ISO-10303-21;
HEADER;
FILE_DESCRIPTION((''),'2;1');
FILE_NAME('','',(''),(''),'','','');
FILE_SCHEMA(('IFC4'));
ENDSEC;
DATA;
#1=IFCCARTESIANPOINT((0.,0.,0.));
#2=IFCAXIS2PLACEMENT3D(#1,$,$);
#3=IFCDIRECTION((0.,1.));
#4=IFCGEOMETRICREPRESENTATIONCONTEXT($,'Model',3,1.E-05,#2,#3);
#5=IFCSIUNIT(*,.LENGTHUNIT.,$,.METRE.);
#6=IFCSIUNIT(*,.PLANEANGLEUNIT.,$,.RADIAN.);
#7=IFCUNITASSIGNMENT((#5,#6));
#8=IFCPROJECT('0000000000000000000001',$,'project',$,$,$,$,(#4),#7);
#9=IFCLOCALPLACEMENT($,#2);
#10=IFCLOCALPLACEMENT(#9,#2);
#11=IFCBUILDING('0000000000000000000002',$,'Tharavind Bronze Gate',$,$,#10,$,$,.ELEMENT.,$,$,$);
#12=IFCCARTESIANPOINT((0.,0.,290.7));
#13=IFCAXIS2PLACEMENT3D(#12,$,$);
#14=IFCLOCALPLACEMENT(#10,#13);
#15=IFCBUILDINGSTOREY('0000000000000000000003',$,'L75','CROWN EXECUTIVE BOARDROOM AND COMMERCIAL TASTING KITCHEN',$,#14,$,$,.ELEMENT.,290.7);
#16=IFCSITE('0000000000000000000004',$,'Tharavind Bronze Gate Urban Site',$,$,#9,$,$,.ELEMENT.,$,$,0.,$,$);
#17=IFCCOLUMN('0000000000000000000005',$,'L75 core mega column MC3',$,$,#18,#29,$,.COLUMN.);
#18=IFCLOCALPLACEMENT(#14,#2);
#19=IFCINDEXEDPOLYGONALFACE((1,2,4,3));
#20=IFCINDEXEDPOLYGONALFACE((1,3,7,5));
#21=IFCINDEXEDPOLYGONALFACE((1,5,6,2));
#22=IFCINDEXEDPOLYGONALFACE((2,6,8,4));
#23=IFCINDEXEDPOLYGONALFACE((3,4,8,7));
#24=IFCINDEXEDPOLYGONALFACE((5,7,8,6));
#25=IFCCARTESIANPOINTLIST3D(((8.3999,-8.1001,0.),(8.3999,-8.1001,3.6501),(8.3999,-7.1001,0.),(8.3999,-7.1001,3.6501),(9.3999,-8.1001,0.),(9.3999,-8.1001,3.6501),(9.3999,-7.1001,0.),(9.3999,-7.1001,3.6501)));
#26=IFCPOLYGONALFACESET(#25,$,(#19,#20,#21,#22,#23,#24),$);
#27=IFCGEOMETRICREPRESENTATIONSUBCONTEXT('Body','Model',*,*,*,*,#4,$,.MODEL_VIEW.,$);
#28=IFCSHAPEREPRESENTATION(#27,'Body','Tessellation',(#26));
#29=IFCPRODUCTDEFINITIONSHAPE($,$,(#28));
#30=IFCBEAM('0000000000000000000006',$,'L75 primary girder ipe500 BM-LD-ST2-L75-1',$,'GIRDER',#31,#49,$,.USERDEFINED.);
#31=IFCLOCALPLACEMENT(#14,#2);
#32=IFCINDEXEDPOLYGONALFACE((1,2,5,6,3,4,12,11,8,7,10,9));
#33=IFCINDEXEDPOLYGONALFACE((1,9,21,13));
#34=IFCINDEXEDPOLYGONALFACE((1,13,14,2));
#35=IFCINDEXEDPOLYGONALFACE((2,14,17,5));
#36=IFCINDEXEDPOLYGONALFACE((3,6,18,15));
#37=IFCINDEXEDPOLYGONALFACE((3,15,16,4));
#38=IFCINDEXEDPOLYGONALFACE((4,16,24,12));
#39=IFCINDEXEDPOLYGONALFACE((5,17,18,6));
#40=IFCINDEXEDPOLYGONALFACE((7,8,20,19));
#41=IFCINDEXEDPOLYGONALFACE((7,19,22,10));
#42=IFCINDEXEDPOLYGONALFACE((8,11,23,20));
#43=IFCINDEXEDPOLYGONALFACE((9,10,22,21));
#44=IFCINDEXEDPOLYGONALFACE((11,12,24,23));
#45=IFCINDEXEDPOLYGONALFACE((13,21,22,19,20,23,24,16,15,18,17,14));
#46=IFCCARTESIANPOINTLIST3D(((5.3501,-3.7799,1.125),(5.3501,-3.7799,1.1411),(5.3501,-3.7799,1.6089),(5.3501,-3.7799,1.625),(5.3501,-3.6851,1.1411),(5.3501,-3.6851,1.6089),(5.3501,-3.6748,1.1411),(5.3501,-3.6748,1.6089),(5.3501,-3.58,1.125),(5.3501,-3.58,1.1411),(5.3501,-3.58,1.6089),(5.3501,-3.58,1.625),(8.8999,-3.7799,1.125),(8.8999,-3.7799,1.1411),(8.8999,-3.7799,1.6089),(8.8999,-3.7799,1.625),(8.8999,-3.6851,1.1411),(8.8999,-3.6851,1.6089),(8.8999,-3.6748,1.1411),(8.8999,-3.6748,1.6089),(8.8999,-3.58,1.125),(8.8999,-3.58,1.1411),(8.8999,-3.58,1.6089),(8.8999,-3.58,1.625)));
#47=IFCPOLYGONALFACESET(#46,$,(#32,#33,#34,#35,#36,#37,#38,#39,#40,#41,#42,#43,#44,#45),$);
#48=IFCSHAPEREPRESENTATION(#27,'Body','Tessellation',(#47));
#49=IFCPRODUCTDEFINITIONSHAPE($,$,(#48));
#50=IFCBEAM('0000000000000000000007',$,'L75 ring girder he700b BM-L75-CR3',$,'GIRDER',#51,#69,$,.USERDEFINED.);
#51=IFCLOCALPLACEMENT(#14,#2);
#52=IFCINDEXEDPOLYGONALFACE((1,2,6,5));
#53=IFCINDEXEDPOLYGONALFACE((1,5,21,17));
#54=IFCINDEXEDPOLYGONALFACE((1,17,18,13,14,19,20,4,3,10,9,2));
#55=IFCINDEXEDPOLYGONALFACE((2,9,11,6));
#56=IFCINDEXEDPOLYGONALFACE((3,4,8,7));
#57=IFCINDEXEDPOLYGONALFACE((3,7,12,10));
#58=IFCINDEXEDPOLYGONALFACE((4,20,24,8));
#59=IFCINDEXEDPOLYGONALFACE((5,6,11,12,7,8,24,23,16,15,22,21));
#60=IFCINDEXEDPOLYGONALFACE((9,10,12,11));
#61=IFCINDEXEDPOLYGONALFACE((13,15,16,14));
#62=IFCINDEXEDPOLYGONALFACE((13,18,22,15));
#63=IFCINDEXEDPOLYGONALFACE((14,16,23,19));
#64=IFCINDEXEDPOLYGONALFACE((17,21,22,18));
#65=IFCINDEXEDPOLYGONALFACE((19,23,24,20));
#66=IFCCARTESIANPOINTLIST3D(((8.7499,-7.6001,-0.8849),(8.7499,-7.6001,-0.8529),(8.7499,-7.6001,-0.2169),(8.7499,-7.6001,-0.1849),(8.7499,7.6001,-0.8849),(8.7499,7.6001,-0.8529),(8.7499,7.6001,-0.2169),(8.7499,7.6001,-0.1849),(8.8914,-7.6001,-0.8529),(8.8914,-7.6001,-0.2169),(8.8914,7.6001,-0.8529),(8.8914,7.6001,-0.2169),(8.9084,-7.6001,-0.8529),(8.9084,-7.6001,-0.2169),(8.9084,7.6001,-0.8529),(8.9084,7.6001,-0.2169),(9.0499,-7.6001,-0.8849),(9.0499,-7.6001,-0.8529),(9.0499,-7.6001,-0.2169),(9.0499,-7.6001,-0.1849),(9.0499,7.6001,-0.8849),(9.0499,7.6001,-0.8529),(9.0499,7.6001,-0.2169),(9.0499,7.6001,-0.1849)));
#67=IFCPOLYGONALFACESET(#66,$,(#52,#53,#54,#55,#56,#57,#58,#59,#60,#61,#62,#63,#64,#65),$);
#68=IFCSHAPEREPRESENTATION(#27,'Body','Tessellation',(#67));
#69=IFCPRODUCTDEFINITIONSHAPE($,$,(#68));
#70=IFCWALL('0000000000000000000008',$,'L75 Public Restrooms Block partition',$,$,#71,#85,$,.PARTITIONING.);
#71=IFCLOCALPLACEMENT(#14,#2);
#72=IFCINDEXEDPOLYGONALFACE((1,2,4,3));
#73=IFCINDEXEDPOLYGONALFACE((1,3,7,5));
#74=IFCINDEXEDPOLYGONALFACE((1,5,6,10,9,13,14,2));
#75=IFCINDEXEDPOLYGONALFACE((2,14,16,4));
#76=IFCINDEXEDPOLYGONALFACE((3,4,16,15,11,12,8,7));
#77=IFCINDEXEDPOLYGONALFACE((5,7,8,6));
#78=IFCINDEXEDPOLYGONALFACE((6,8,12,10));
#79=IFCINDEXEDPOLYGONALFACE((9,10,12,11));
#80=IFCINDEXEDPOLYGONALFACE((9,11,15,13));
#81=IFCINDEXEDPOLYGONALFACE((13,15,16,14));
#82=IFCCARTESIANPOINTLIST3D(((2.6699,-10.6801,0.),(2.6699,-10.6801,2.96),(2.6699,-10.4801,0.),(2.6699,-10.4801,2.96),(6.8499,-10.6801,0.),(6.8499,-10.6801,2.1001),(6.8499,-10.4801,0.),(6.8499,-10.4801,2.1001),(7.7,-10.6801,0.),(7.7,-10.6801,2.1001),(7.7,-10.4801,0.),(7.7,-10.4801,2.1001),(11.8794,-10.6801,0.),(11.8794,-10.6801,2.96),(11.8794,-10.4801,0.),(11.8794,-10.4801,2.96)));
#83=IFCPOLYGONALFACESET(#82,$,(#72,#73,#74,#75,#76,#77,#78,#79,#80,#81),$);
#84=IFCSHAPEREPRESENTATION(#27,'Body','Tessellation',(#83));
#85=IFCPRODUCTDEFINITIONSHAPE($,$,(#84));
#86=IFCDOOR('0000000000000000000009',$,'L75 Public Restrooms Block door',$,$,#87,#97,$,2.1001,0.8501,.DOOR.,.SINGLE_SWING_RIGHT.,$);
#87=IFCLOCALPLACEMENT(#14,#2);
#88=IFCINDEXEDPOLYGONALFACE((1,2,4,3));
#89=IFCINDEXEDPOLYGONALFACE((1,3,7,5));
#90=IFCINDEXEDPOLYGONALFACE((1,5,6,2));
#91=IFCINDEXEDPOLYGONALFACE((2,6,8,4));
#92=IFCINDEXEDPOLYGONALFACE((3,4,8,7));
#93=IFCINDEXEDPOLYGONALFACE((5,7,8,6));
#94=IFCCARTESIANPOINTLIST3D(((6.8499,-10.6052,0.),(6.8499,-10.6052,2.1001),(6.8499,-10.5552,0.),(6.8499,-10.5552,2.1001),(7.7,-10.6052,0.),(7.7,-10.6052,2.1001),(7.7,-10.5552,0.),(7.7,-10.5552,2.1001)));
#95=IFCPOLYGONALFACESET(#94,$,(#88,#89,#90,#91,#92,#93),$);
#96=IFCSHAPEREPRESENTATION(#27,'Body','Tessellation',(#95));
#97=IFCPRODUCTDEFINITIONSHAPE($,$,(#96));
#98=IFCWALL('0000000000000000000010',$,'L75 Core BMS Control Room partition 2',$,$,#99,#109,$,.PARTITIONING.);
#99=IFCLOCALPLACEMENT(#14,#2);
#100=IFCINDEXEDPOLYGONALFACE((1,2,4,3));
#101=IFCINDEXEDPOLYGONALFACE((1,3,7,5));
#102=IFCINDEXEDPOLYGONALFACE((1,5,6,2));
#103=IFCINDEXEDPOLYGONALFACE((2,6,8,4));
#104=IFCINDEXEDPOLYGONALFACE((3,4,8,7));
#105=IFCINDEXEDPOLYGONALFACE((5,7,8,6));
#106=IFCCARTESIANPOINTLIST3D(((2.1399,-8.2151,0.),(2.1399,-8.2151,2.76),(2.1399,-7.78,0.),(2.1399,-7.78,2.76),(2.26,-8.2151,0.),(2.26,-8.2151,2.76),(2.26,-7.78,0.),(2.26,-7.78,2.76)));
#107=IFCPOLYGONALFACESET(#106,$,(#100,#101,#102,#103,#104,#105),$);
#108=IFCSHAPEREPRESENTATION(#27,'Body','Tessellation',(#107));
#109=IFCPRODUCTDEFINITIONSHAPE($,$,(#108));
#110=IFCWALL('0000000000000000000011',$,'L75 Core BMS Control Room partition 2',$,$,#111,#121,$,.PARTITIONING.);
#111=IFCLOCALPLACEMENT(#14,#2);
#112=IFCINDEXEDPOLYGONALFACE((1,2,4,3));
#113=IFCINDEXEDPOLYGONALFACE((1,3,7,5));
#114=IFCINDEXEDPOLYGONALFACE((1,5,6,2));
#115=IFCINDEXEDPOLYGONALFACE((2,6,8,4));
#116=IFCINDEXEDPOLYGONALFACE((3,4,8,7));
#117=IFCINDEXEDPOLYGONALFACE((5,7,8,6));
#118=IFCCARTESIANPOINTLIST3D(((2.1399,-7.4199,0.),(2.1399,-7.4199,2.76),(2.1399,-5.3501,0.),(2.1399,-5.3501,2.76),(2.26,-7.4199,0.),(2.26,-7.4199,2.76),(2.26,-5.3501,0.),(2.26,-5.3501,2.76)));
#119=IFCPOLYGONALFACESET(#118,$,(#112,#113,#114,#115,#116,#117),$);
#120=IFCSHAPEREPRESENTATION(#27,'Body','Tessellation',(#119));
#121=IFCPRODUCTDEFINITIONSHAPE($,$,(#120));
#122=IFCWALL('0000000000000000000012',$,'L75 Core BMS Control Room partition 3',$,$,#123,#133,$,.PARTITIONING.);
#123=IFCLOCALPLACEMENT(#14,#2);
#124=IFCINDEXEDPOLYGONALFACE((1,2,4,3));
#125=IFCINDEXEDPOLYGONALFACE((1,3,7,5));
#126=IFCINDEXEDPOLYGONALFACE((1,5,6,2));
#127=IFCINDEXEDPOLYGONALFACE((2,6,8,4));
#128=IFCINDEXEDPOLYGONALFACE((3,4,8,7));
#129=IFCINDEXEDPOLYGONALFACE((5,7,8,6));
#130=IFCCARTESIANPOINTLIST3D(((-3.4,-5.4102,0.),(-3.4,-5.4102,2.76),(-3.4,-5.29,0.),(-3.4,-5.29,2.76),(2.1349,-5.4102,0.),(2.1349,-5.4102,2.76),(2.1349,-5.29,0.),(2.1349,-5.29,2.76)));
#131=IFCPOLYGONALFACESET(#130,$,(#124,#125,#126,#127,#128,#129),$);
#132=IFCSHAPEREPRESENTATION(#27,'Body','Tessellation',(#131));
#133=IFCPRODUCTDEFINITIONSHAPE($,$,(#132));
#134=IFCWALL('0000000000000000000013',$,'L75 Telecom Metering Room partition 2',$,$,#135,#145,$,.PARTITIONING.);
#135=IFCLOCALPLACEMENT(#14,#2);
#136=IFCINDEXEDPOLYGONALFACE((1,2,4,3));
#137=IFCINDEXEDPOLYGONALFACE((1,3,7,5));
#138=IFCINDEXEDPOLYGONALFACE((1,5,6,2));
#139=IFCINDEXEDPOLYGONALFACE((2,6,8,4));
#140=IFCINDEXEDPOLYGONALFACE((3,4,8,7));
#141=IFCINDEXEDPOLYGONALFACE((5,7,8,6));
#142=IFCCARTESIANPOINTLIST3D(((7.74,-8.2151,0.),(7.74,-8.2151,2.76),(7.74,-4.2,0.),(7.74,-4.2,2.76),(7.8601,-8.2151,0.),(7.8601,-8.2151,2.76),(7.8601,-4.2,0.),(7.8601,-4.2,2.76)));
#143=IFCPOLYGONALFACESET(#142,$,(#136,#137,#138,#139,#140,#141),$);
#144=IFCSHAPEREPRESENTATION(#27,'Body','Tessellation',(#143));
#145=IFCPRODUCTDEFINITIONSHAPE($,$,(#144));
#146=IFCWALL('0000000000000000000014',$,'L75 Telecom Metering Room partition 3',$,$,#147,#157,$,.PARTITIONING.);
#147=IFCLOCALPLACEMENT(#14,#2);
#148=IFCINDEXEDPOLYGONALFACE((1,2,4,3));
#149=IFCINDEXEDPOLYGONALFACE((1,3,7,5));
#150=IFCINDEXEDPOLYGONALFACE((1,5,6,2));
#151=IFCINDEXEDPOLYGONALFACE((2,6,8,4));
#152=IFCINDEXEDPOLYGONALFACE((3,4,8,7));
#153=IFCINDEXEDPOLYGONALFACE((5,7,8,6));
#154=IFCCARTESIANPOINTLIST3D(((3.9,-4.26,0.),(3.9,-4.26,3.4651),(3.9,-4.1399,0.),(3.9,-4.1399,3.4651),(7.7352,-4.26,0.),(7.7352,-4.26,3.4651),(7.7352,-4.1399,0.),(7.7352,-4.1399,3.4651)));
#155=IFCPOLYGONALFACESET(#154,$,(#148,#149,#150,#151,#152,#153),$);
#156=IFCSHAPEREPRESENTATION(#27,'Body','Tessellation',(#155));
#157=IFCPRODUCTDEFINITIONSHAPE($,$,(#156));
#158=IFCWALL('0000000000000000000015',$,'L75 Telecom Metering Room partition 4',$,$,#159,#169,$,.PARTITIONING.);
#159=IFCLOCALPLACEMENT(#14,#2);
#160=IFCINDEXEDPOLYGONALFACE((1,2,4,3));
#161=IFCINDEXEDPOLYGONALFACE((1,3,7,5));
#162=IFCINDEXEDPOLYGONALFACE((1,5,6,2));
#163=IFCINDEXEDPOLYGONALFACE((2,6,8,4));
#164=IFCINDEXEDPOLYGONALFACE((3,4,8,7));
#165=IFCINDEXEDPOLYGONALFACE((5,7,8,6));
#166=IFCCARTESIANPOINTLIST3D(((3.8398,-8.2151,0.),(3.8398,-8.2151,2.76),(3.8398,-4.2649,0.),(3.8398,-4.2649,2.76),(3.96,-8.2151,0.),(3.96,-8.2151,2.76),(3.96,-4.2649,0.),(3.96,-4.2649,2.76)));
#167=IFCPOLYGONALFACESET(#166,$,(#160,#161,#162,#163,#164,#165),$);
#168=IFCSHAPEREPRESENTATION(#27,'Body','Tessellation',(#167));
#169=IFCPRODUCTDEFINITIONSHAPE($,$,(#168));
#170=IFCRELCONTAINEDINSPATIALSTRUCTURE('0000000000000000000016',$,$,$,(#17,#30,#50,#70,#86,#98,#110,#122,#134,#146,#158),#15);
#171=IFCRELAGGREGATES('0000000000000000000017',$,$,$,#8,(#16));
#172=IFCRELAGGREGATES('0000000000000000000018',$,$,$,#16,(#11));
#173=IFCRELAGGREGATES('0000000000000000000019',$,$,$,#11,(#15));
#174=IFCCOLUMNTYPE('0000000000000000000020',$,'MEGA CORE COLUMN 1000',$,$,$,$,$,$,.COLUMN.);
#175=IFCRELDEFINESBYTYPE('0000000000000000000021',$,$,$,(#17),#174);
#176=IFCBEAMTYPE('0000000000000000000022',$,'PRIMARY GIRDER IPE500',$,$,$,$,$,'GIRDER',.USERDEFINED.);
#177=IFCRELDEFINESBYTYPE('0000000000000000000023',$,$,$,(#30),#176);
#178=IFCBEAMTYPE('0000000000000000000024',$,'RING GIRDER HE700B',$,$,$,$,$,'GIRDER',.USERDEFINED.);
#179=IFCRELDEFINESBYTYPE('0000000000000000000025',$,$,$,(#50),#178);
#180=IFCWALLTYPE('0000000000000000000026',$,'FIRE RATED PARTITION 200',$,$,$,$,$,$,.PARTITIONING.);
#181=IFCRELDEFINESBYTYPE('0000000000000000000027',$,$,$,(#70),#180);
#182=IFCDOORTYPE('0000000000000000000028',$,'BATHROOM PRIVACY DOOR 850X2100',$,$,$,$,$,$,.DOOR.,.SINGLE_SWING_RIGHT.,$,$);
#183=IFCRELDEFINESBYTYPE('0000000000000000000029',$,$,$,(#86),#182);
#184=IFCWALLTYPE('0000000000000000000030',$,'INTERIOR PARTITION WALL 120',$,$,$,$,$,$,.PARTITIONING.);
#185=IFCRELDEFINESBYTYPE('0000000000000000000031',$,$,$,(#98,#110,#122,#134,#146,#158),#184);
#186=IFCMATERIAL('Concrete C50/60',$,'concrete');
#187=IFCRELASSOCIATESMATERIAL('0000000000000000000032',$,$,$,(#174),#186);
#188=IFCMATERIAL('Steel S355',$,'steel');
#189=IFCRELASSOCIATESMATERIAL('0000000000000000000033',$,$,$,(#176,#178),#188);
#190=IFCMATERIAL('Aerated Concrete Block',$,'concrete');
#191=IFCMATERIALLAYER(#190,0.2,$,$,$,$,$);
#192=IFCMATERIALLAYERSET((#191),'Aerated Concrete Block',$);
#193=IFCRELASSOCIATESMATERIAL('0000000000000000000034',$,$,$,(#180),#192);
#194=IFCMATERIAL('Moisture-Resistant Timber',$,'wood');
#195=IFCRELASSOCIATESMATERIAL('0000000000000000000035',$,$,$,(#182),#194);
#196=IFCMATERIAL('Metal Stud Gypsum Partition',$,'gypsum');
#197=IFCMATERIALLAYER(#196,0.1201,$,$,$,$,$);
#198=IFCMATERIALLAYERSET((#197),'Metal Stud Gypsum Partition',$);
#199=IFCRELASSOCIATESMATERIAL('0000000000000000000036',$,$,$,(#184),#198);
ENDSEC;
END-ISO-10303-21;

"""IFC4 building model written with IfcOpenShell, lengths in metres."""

from ifc_helpers import new_model, si_unit, direction, frame, frame_2d, origin, origin_2d, place, context, subcontext, project, spatial, rectangle, i_section, extrude, material, layer, layer_set, material_profile, profile_set, type_object, element, fill, save


model = new_model("IFC4")

# Units and contexts
model_context = context("Model", 3, precision=1e-05, world=origin(), true_north=direction((0.0, 1.0)))
body_context = subcontext(model_context, "Body", "Model", "MODEL_VIEW")
ifc_project = project(units=[si_unit("LENGTHUNIT", "METRE"), si_unit("PLANEANGLEUNIT", "RADIAN")], contexts=[model_context])

# Site, building, storey
site_placement = place(None, origin())
site = spatial("IfcSite", under=ifc_project, at=site_placement, Name="Tharavind Bronze Gate Urban Site", CompositionType="ELEMENT", RefElevation=0.0)
building_placement = place(site_placement, origin())
building = spatial("IfcBuilding", under=site, at=building_placement, Name="Tharavind Bronze Gate", CompositionType="ELEMENT")
storey_placement = place(building_placement, frame((0.0, 0.0, 290.7)))
storey = spatial("IfcBuildingStorey", under=building, at=storey_placement, Name="L75", Description="CROWN EXECUTIVE BOARDROOM AND COMMERCIAL TASTING KITCHEN", CompositionType="ELEMENT", Elevation=290.7)

# Column
ifc_material_1 = material(Name="Concrete C50/60", Category="concrete")
ifc_material_profile_1 = material_profile(ifc_material_1, rectangle(XDim=1.0, YDim=1.0, at=origin_2d()), Name="RCCOL1000")
ifc_profile_set_1 = profile_set([ifc_material_profile_1], Name="Concrete C50/60")
column_type = type_object("IfcColumnType", Name="MEGA CORE COLUMN 1000", PredefinedType="COLUMN", material=ifc_profile_set_1)
column_placement = place(storey_placement, frame((8.8999, -7.6001, 0.0), z_axis=(0.0, 0.0, 1.0), x_axis=(1.0, 0.0, 0.0)))
element("IfcColumn", 1, at=column_placement, inside=storey, type_object=column_type, Name="L75 core mega column MC3", PredefinedType="COLUMN", context=body_context, shape_type="SweptSolid", body=[
    extrude(rectangle(XDim=1.0, YDim=1.0, at=origin_2d()), origin(), (0.0, 0.0, 1.0), 3.6501),
])

# Beams
ifc_material_2 = material(Name="Steel S355", Category="steel")
ifc_material_profile_2 = material_profile(ifc_material_2, i_section(OverallWidth=0.2, OverallDepth=0.5, WebThickness=0.0103, FlangeThickness=0.0161, at=origin_2d()), Name="IPE500")
ifc_profile_set_2 = profile_set([ifc_material_profile_2], Name="Steel S355")
beam_type_1 = type_object("IfcBeamType", Name="PRIMARY GIRDER IPE500", ElementType="GIRDER", PredefinedType="USERDEFINED", material=ifc_profile_set_2)
beam_1_placement = place(storey_placement, frame((5.3501, -3.6799, 1.375), z_axis=(1.0, 0.0, 0.0), x_axis=(0.0, 1.0, 0.0)))
element("IfcBeam", 2, at=beam_1_placement, inside=storey, type_object=beam_type_1, Name="L75 primary girder ipe500 BM-LD-ST2-L75-1", ObjectType="GIRDER", PredefinedType="USERDEFINED", context=body_context, shape_type="SweptSolid", body=[
    extrude(i_section(OverallWidth=0.2, OverallDepth=0.5, WebThickness=0.0103, FlangeThickness=0.0161, at=origin_2d()), origin(), (0.0, 0.0, 1.0), 3.5498),
])
ifc_material_profile_3 = material_profile(ifc_material_2, i_section(OverallWidth=0.3, OverallDepth=0.7, WebThickness=0.0171, FlangeThickness=0.032, at=origin_2d()), Name="HE700B")
ifc_profile_set_3 = profile_set([ifc_material_profile_3], Name="Steel S355")
beam_type_2 = type_object("IfcBeamType", Name="RING GIRDER HE700B", ElementType="GIRDER", PredefinedType="USERDEFINED", material=ifc_profile_set_3)
beam_2_placement = place(storey_placement, frame((8.8999, -7.6001, -0.5349), z_axis=(0.0, 1.0, 0.0), x_axis=(-1.0, 0.0, 0.0)))
element("IfcBeam", 3, at=beam_2_placement, inside=storey, type_object=beam_type_2, Name="L75 ring girder he700b BM-L75-CR3", ObjectType="GIRDER", PredefinedType="USERDEFINED", context=body_context, shape_type="SweptSolid", body=[
    extrude(i_section(OverallWidth=0.3, OverallDepth=0.7, WebThickness=0.0171, FlangeThickness=0.032, at=origin_2d()), origin(), (0.0, 0.0, 1.0), 15.2002),
])

# Wall, opening, door
ifc_material_3 = material(Name="Aerated Concrete Block", Category="concrete")
ifc_layer_1 = layer(ifc_material_3, 0.2)
ifc_layer_set_1 = layer_set([ifc_layer_1], Name="Aerated Concrete Block")
wall_type_1 = type_object("IfcWallType", Name="FIRE RATED PARTITION 200", PredefinedType="PARTITIONING", material=ifc_layer_set_1)
wall_1_placement = place(storey_placement, frame((2.6699, -10.5801, 0.0), z_axis=(0.0, 0.0, 1.0), x_axis=(1.0, 0.0, 0.0)))
wall_1 = element("IfcWall", 4, at=wall_1_placement, inside=storey, type_object=wall_type_1, Name="L75 Public Restrooms Block partition", PredefinedType="PARTITIONING", context=body_context, shape_type="SweptSolid", body=[
    extrude(rectangle(XDim=9.2095, YDim=0.2, at=frame_2d((4.6047, 0.0))), origin(), (0.0, 0.0, 1.0), 2.96),
])
opening_1_placement = place(wall_1_placement, frame((4.1799, 0.0, 0.0)))
opening_1 = element("IfcOpeningElement", 5, at=opening_1_placement, cuts=wall_1, PredefinedType="OPENING", context=body_context, shape_type="SweptSolid", body=[
    extrude(rectangle(XDim=0.8501, YDim=2.1001, at=frame_2d((0.425, 1.05))), frame((0.0, 0.1101, 0.0), z_axis=(0.0, -1.0, 0.0), x_axis=(1.0, 0.0, 0.0)), (0.0, 0.0, 1.0), 0.22),
])
ifc_material_4 = material(Name="Moisture-Resistant Timber", Category="wood")
door_type_1 = type_object("IfcDoorType", Name="BATHROOM PRIVACY DOOR 850X2100", OperationType="SINGLE_SWING_RIGHT", PredefinedType="DOOR", material=ifc_material_4)
door_1_placement = place(opening_1_placement, origin())
door_1 = element("IfcDoor", 6, at=door_1_placement, inside=storey, type_object=door_type_1, Name="L75 Public Restrooms Block door", OperationType="SINGLE_SWING_RIGHT", OverallHeight=2.1001, OverallWidth=0.8501, PredefinedType="DOOR", context=body_context, shape_type="SweptSolid", body=[
    extrude(rectangle(XDim=0.8501, YDim=2.1001, at=frame_2d((0.425, 1.05))), frame((0.0, 0.0249, 0.0), z_axis=(0.0, -1.0, 0.0), x_axis=(1.0, 0.0, 0.0)), (0.0, 0.0, 1.0), 0.05),
])
fill(opening_1, door_1)

# Walls
ifc_material_5 = material(Name="Metal Stud Gypsum Partition", Category="gypsum")
ifc_layer_2 = layer(ifc_material_5, 0.1201)
ifc_layer_set_2 = layer_set([ifc_layer_2], Name="Metal Stud Gypsum Partition")
wall_type_2 = type_object("IfcWallType", Name="INTERIOR PARTITION WALL 120", PredefinedType="PARTITIONING", material=ifc_layer_set_2)
wall_2_placement = place(storey_placement, frame((2.2, -8.2151, 0.0), z_axis=(0.0, 0.0, 1.0), x_axis=(0.0, 1.0, 0.0)))
element("IfcWall", 7, at=wall_2_placement, inside=storey, type_object=wall_type_2, Name="L75 Core BMS Control Room partition 2", PredefinedType="PARTITIONING", context=body_context, shape_type="SweptSolid", body=[
    extrude(rectangle(XDim=0.4351, YDim=0.1201, at=frame_2d((0.2175, 0.0))), origin(), (0.0, 0.0, 1.0), 2.76),
])
wall_3_placement = place(storey_placement, frame((2.2, -7.4199, 0.0), z_axis=(0.0, 0.0, 1.0), x_axis=(0.0, 1.0, 0.0)))
element("IfcWall", 8, at=wall_3_placement, inside=storey, type_object=wall_type_2, Name="L75 Core BMS Control Room partition 2", PredefinedType="PARTITIONING", context=body_context, shape_type="SweptSolid", body=[
    extrude(rectangle(XDim=2.0698, YDim=0.1201, at=frame_2d((1.0349, 0.0))), origin(), (0.0, 0.0, 1.0), 2.76),
])
wall_4_placement = place(storey_placement, frame((2.135, -5.3501, 0.0), z_axis=(0.0, 0.0, 1.0), x_axis=(-1.0, 0.0, 0.0)))
element("IfcWall", 9, at=wall_4_placement, inside=storey, type_object=wall_type_2, Name="L75 Core BMS Control Room partition 3", PredefinedType="PARTITIONING", context=body_context, shape_type="SweptSolid", body=[
    extrude(rectangle(XDim=5.5349, YDim=0.1201, at=frame_2d((2.7676, 0.0))), origin(), (0.0, 0.0, 1.0), 2.76),
])
wall_5_placement = place(storey_placement, frame((7.8, -8.2151, 0.0), z_axis=(0.0, 0.0, 1.0), x_axis=(0.0, 1.0, 0.0)))
element("IfcWall", 10, at=wall_5_placement, inside=storey, type_object=wall_type_2, Name="L75 Telecom Metering Room partition 2", PredefinedType="PARTITIONING", context=body_context, shape_type="SweptSolid", body=[
    extrude(rectangle(XDim=4.0151, YDim=0.1201, at=frame_2d((2.0076, 0.0))), origin(), (0.0, 0.0, 1.0), 2.76),
])
wall_6_placement = place(storey_placement, frame((7.7351, -4.2, 0.0), z_axis=(0.0, 0.0, 1.0), x_axis=(-1.0, 0.0, 0.0)))
element("IfcWall", 11, at=wall_6_placement, inside=storey, type_object=wall_type_2, Name="L75 Telecom Metering Room partition 3", PredefinedType="PARTITIONING", context=body_context, shape_type="SweptSolid", body=[
    extrude(rectangle(XDim=3.8352, YDim=0.1201, at=frame_2d((1.9175, 0.0))), origin(), (0.0, 0.0, 1.0), 3.4651),
])
wall_7_placement = place(storey_placement, frame((3.8999, -4.2649, 0.0), z_axis=(0.0, 0.0, 1.0), x_axis=(0.0, -1.0, 0.0)))
element("IfcWall", 12, at=wall_7_placement, inside=storey, type_object=wall_type_2, Name="L75 Telecom Metering Room partition 4", PredefinedType="PARTITIONING", context=body_context, shape_type="SweptSolid", body=[
    extrude(rectangle(XDim=3.9502, YDim=0.1201, at=frame_2d((1.9751, 0.0))), origin(), (0.0, 0.0, 1.0), 2.76),
])

save(model, "model.ifc")
